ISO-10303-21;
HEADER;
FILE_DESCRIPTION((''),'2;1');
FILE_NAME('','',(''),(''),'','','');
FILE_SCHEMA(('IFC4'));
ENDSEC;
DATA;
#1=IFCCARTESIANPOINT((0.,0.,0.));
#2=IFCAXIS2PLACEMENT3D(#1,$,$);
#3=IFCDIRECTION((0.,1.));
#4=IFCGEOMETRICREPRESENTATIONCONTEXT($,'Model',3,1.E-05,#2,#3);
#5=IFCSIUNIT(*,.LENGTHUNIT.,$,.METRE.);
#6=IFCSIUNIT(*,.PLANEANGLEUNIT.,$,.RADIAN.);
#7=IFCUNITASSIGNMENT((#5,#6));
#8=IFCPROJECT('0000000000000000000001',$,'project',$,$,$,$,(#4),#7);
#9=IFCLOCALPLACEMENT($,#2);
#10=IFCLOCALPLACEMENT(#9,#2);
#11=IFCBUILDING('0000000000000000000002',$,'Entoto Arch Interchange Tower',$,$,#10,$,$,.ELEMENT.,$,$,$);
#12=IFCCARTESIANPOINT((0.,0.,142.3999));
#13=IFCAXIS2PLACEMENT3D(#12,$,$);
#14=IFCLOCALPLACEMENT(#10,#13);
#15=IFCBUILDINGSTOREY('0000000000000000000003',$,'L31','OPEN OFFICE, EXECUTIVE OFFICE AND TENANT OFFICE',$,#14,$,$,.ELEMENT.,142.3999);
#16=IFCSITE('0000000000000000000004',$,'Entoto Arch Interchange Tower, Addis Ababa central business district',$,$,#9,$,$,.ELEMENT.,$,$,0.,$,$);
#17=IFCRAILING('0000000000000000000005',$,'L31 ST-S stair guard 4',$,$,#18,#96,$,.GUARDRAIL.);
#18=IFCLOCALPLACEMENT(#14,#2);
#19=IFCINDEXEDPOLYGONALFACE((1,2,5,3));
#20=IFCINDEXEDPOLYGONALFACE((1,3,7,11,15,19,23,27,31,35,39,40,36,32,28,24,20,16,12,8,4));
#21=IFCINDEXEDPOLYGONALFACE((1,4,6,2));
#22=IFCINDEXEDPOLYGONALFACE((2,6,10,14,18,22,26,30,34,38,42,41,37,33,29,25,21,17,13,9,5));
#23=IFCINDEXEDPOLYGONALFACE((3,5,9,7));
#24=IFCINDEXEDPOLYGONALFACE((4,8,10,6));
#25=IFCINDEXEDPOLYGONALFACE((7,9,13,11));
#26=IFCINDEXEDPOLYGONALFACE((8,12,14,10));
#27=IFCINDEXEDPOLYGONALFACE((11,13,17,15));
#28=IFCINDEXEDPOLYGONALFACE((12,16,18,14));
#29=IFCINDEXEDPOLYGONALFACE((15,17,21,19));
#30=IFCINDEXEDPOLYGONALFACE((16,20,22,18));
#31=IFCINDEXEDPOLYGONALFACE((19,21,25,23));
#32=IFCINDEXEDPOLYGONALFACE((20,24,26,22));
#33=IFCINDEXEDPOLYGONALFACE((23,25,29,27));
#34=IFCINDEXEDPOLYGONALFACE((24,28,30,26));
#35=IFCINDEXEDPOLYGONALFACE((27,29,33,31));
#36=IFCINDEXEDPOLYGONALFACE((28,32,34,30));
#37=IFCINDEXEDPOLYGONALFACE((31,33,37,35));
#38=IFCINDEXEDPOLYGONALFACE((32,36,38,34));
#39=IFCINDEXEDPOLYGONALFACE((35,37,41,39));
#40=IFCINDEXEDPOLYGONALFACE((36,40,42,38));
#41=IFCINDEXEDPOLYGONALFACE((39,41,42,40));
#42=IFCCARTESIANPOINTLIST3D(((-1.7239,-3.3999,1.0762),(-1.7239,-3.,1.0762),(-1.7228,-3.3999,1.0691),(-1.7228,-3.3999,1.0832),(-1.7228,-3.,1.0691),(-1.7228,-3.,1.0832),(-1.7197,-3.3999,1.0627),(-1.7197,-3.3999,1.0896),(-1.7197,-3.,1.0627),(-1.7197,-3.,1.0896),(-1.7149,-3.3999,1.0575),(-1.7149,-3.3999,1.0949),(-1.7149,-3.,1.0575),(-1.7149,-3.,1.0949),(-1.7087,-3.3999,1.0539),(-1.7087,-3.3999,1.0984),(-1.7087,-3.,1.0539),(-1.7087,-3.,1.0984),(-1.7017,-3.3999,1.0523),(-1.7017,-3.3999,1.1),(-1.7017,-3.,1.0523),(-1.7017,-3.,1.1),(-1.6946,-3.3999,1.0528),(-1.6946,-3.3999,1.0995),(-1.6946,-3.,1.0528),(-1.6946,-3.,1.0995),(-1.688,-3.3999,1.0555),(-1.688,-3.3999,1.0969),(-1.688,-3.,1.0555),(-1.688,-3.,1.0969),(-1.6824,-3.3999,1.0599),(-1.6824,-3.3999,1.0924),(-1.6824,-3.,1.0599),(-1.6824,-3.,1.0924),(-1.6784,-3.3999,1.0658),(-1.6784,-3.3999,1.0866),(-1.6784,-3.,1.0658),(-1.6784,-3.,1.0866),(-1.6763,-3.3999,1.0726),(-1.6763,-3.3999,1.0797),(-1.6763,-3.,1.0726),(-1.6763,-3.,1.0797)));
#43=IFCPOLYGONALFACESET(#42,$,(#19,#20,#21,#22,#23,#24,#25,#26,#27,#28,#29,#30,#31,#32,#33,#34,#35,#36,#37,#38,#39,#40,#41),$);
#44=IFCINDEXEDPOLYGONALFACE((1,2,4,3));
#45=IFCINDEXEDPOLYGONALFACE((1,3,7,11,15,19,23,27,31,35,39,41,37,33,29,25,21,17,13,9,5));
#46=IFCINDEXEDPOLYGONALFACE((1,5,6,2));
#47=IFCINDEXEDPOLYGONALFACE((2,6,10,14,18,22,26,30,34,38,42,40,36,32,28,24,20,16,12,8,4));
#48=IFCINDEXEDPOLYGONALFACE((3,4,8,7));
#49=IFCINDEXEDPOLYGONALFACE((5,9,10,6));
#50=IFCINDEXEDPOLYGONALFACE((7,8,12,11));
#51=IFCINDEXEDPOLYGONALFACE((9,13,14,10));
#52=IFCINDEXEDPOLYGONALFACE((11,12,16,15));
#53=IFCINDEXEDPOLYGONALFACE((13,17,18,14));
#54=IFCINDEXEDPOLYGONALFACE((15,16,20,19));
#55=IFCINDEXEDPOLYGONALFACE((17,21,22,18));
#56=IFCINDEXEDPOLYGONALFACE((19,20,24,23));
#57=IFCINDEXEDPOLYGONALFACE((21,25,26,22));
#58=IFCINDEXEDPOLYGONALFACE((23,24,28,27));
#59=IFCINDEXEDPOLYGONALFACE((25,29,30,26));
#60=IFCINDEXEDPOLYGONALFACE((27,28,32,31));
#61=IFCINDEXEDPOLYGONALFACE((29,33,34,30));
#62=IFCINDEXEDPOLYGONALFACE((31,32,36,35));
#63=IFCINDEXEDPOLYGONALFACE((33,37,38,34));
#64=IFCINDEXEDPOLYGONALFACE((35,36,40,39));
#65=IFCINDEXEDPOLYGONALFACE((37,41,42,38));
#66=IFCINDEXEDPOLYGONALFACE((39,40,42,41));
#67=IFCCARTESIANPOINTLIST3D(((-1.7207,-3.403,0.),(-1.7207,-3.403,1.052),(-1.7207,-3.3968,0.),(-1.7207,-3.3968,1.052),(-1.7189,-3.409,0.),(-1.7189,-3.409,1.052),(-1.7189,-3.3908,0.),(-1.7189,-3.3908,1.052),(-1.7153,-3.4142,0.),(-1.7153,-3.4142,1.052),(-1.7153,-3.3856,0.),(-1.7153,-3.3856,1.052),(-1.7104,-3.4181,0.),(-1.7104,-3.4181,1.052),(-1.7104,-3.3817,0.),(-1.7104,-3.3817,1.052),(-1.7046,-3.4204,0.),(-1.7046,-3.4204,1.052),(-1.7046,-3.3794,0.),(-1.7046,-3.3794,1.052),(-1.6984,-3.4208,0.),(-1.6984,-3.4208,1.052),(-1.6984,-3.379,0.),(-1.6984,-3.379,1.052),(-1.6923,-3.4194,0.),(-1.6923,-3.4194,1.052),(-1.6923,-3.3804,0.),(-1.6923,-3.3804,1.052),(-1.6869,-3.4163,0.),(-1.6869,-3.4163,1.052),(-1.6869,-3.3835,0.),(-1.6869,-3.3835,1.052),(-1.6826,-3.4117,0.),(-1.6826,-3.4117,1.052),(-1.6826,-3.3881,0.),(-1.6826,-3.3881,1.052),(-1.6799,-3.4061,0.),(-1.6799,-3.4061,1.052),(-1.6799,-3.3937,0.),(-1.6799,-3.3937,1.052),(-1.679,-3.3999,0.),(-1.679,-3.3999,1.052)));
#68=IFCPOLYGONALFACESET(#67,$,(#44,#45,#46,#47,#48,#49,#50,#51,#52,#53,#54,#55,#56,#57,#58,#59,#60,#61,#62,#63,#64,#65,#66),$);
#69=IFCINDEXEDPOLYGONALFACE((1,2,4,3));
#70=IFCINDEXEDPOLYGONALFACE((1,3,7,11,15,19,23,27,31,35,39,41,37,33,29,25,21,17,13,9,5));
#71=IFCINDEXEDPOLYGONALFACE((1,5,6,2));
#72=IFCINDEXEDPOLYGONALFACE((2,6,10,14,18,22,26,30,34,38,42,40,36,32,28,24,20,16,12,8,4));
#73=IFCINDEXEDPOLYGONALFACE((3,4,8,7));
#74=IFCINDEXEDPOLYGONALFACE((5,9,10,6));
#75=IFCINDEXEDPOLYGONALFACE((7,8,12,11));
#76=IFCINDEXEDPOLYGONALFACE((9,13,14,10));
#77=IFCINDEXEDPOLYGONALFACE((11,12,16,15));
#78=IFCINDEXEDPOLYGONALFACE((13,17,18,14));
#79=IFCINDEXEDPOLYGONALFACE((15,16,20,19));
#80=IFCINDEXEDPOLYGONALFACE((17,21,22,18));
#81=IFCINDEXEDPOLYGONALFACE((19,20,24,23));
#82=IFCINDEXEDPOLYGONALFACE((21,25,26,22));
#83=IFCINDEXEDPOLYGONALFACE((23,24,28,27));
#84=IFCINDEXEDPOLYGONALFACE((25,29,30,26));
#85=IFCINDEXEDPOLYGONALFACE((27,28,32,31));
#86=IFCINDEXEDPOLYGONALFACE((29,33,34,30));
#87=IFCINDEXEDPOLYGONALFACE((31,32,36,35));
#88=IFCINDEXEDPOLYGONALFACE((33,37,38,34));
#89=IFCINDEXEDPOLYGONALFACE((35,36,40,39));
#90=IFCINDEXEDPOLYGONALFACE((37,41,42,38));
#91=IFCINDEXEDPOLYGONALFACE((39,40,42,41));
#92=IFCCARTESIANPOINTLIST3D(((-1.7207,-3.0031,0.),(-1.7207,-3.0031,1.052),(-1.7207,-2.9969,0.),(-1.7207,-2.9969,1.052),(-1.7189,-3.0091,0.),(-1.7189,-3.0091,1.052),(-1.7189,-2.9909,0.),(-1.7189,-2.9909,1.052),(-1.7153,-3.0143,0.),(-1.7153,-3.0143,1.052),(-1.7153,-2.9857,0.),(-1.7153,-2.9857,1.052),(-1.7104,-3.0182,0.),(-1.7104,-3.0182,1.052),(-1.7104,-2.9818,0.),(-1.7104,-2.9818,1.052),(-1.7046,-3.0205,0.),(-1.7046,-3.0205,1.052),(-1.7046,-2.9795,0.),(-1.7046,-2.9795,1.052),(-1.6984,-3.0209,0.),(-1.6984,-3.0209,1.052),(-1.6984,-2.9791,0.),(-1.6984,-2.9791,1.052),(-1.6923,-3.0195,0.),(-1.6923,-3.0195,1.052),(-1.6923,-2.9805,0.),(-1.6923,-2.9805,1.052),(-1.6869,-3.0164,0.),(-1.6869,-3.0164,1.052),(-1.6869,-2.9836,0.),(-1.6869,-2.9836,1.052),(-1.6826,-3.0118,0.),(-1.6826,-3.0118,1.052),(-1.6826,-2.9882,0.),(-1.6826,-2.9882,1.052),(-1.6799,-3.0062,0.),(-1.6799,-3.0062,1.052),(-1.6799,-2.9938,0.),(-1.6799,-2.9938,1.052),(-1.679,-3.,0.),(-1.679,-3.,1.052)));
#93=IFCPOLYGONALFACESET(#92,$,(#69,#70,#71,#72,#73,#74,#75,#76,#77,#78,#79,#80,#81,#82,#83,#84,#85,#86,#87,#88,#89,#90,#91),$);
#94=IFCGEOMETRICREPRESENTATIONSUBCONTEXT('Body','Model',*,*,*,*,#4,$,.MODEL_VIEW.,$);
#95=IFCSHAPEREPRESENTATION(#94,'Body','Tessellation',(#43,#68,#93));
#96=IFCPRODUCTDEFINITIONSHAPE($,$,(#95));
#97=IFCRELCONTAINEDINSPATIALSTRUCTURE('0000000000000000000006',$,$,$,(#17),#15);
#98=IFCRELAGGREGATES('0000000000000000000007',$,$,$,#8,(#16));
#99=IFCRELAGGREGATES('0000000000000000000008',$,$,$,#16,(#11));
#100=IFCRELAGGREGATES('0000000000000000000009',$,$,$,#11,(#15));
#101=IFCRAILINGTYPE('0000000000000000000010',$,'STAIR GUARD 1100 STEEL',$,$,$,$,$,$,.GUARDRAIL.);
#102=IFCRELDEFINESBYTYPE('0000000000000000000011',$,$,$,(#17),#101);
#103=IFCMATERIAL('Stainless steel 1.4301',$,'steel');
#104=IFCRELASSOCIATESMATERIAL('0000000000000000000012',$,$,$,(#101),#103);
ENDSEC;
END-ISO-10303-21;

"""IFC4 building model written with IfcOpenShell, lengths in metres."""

from ifc_helpers import new_model, si_unit, direction, frame, origin, origin_2d, place, context, subcontext, project, spatial, circle, extrude, material, type_object, element, save


model = new_model("IFC4")

# Units and contexts
model_context = context("Model", 3, precision=1e-05, world=origin(), true_north=direction((0.0, 1.0)))
body_context = subcontext(model_context, "Body", "Model", "MODEL_VIEW")
ifc_project = project(units=[si_unit("LENGTHUNIT", "METRE"), si_unit("PLANEANGLEUNIT", "RADIAN")], contexts=[model_context])

# Site, building, storey
site_placement = place(None, origin())
site = spatial("IfcSite", under=ifc_project, at=site_placement, Name="Entoto Arch Interchange Tower, Addis Ababa central business district", CompositionType="ELEMENT", RefElevation=0.0)
building_placement = place(site_placement, origin())
building = spatial("IfcBuilding", under=site, at=building_placement, Name="Entoto Arch Interchange Tower", CompositionType="ELEMENT")
storey_placement = place(building_placement, frame((0.0, 0.0, 142.3999)))
storey = spatial("IfcBuildingStorey", under=building, at=storey_placement, Name="L31", Description="OPEN OFFICE, EXECUTIVE OFFICE AND TENANT OFFICE", CompositionType="ELEMENT", Elevation=142.3999)

# Railing
ifc_material_1 = material(Name="Stainless steel 1.4301", Category="steel")
railing_type_1 = type_object("IfcRailingType", Name="STAIR GUARD 1100 STEEL", PredefinedType="GUARDRAIL", material=ifc_material_1)
railing_1_placement = place(storey_placement, frame((-1.7, -3.3999, 0.0)))
element("IfcRailing", 1, at=railing_1_placement, inside=storey, type_object=railing_type_1, Name="L31 ST-S stair guard 4", PredefinedType="GUARDRAIL", context=body_context, shape_type="SweptSolid", body=[
    extrude(circle(Radius=0.0239, at=origin_2d()), frame((0.0, 0.0, 1.0762), z_axis=(0.0, 1.0, 0.0), x_axis=(-1.0, 0.0, 0.0)), (0.0, 0.0, 1.0), 0.3999),
    extrude(circle(Radius=0.021, at=origin_2d()), origin(), (0.0, 0.0, 1.0), 1.052),
    extrude(circle(Radius=0.021, at=origin_2d()), frame((0.0, 0.3999, 0.0)), (0.0, 0.0, 1.0), 1.052),
])

save(model, "model.ifc")
